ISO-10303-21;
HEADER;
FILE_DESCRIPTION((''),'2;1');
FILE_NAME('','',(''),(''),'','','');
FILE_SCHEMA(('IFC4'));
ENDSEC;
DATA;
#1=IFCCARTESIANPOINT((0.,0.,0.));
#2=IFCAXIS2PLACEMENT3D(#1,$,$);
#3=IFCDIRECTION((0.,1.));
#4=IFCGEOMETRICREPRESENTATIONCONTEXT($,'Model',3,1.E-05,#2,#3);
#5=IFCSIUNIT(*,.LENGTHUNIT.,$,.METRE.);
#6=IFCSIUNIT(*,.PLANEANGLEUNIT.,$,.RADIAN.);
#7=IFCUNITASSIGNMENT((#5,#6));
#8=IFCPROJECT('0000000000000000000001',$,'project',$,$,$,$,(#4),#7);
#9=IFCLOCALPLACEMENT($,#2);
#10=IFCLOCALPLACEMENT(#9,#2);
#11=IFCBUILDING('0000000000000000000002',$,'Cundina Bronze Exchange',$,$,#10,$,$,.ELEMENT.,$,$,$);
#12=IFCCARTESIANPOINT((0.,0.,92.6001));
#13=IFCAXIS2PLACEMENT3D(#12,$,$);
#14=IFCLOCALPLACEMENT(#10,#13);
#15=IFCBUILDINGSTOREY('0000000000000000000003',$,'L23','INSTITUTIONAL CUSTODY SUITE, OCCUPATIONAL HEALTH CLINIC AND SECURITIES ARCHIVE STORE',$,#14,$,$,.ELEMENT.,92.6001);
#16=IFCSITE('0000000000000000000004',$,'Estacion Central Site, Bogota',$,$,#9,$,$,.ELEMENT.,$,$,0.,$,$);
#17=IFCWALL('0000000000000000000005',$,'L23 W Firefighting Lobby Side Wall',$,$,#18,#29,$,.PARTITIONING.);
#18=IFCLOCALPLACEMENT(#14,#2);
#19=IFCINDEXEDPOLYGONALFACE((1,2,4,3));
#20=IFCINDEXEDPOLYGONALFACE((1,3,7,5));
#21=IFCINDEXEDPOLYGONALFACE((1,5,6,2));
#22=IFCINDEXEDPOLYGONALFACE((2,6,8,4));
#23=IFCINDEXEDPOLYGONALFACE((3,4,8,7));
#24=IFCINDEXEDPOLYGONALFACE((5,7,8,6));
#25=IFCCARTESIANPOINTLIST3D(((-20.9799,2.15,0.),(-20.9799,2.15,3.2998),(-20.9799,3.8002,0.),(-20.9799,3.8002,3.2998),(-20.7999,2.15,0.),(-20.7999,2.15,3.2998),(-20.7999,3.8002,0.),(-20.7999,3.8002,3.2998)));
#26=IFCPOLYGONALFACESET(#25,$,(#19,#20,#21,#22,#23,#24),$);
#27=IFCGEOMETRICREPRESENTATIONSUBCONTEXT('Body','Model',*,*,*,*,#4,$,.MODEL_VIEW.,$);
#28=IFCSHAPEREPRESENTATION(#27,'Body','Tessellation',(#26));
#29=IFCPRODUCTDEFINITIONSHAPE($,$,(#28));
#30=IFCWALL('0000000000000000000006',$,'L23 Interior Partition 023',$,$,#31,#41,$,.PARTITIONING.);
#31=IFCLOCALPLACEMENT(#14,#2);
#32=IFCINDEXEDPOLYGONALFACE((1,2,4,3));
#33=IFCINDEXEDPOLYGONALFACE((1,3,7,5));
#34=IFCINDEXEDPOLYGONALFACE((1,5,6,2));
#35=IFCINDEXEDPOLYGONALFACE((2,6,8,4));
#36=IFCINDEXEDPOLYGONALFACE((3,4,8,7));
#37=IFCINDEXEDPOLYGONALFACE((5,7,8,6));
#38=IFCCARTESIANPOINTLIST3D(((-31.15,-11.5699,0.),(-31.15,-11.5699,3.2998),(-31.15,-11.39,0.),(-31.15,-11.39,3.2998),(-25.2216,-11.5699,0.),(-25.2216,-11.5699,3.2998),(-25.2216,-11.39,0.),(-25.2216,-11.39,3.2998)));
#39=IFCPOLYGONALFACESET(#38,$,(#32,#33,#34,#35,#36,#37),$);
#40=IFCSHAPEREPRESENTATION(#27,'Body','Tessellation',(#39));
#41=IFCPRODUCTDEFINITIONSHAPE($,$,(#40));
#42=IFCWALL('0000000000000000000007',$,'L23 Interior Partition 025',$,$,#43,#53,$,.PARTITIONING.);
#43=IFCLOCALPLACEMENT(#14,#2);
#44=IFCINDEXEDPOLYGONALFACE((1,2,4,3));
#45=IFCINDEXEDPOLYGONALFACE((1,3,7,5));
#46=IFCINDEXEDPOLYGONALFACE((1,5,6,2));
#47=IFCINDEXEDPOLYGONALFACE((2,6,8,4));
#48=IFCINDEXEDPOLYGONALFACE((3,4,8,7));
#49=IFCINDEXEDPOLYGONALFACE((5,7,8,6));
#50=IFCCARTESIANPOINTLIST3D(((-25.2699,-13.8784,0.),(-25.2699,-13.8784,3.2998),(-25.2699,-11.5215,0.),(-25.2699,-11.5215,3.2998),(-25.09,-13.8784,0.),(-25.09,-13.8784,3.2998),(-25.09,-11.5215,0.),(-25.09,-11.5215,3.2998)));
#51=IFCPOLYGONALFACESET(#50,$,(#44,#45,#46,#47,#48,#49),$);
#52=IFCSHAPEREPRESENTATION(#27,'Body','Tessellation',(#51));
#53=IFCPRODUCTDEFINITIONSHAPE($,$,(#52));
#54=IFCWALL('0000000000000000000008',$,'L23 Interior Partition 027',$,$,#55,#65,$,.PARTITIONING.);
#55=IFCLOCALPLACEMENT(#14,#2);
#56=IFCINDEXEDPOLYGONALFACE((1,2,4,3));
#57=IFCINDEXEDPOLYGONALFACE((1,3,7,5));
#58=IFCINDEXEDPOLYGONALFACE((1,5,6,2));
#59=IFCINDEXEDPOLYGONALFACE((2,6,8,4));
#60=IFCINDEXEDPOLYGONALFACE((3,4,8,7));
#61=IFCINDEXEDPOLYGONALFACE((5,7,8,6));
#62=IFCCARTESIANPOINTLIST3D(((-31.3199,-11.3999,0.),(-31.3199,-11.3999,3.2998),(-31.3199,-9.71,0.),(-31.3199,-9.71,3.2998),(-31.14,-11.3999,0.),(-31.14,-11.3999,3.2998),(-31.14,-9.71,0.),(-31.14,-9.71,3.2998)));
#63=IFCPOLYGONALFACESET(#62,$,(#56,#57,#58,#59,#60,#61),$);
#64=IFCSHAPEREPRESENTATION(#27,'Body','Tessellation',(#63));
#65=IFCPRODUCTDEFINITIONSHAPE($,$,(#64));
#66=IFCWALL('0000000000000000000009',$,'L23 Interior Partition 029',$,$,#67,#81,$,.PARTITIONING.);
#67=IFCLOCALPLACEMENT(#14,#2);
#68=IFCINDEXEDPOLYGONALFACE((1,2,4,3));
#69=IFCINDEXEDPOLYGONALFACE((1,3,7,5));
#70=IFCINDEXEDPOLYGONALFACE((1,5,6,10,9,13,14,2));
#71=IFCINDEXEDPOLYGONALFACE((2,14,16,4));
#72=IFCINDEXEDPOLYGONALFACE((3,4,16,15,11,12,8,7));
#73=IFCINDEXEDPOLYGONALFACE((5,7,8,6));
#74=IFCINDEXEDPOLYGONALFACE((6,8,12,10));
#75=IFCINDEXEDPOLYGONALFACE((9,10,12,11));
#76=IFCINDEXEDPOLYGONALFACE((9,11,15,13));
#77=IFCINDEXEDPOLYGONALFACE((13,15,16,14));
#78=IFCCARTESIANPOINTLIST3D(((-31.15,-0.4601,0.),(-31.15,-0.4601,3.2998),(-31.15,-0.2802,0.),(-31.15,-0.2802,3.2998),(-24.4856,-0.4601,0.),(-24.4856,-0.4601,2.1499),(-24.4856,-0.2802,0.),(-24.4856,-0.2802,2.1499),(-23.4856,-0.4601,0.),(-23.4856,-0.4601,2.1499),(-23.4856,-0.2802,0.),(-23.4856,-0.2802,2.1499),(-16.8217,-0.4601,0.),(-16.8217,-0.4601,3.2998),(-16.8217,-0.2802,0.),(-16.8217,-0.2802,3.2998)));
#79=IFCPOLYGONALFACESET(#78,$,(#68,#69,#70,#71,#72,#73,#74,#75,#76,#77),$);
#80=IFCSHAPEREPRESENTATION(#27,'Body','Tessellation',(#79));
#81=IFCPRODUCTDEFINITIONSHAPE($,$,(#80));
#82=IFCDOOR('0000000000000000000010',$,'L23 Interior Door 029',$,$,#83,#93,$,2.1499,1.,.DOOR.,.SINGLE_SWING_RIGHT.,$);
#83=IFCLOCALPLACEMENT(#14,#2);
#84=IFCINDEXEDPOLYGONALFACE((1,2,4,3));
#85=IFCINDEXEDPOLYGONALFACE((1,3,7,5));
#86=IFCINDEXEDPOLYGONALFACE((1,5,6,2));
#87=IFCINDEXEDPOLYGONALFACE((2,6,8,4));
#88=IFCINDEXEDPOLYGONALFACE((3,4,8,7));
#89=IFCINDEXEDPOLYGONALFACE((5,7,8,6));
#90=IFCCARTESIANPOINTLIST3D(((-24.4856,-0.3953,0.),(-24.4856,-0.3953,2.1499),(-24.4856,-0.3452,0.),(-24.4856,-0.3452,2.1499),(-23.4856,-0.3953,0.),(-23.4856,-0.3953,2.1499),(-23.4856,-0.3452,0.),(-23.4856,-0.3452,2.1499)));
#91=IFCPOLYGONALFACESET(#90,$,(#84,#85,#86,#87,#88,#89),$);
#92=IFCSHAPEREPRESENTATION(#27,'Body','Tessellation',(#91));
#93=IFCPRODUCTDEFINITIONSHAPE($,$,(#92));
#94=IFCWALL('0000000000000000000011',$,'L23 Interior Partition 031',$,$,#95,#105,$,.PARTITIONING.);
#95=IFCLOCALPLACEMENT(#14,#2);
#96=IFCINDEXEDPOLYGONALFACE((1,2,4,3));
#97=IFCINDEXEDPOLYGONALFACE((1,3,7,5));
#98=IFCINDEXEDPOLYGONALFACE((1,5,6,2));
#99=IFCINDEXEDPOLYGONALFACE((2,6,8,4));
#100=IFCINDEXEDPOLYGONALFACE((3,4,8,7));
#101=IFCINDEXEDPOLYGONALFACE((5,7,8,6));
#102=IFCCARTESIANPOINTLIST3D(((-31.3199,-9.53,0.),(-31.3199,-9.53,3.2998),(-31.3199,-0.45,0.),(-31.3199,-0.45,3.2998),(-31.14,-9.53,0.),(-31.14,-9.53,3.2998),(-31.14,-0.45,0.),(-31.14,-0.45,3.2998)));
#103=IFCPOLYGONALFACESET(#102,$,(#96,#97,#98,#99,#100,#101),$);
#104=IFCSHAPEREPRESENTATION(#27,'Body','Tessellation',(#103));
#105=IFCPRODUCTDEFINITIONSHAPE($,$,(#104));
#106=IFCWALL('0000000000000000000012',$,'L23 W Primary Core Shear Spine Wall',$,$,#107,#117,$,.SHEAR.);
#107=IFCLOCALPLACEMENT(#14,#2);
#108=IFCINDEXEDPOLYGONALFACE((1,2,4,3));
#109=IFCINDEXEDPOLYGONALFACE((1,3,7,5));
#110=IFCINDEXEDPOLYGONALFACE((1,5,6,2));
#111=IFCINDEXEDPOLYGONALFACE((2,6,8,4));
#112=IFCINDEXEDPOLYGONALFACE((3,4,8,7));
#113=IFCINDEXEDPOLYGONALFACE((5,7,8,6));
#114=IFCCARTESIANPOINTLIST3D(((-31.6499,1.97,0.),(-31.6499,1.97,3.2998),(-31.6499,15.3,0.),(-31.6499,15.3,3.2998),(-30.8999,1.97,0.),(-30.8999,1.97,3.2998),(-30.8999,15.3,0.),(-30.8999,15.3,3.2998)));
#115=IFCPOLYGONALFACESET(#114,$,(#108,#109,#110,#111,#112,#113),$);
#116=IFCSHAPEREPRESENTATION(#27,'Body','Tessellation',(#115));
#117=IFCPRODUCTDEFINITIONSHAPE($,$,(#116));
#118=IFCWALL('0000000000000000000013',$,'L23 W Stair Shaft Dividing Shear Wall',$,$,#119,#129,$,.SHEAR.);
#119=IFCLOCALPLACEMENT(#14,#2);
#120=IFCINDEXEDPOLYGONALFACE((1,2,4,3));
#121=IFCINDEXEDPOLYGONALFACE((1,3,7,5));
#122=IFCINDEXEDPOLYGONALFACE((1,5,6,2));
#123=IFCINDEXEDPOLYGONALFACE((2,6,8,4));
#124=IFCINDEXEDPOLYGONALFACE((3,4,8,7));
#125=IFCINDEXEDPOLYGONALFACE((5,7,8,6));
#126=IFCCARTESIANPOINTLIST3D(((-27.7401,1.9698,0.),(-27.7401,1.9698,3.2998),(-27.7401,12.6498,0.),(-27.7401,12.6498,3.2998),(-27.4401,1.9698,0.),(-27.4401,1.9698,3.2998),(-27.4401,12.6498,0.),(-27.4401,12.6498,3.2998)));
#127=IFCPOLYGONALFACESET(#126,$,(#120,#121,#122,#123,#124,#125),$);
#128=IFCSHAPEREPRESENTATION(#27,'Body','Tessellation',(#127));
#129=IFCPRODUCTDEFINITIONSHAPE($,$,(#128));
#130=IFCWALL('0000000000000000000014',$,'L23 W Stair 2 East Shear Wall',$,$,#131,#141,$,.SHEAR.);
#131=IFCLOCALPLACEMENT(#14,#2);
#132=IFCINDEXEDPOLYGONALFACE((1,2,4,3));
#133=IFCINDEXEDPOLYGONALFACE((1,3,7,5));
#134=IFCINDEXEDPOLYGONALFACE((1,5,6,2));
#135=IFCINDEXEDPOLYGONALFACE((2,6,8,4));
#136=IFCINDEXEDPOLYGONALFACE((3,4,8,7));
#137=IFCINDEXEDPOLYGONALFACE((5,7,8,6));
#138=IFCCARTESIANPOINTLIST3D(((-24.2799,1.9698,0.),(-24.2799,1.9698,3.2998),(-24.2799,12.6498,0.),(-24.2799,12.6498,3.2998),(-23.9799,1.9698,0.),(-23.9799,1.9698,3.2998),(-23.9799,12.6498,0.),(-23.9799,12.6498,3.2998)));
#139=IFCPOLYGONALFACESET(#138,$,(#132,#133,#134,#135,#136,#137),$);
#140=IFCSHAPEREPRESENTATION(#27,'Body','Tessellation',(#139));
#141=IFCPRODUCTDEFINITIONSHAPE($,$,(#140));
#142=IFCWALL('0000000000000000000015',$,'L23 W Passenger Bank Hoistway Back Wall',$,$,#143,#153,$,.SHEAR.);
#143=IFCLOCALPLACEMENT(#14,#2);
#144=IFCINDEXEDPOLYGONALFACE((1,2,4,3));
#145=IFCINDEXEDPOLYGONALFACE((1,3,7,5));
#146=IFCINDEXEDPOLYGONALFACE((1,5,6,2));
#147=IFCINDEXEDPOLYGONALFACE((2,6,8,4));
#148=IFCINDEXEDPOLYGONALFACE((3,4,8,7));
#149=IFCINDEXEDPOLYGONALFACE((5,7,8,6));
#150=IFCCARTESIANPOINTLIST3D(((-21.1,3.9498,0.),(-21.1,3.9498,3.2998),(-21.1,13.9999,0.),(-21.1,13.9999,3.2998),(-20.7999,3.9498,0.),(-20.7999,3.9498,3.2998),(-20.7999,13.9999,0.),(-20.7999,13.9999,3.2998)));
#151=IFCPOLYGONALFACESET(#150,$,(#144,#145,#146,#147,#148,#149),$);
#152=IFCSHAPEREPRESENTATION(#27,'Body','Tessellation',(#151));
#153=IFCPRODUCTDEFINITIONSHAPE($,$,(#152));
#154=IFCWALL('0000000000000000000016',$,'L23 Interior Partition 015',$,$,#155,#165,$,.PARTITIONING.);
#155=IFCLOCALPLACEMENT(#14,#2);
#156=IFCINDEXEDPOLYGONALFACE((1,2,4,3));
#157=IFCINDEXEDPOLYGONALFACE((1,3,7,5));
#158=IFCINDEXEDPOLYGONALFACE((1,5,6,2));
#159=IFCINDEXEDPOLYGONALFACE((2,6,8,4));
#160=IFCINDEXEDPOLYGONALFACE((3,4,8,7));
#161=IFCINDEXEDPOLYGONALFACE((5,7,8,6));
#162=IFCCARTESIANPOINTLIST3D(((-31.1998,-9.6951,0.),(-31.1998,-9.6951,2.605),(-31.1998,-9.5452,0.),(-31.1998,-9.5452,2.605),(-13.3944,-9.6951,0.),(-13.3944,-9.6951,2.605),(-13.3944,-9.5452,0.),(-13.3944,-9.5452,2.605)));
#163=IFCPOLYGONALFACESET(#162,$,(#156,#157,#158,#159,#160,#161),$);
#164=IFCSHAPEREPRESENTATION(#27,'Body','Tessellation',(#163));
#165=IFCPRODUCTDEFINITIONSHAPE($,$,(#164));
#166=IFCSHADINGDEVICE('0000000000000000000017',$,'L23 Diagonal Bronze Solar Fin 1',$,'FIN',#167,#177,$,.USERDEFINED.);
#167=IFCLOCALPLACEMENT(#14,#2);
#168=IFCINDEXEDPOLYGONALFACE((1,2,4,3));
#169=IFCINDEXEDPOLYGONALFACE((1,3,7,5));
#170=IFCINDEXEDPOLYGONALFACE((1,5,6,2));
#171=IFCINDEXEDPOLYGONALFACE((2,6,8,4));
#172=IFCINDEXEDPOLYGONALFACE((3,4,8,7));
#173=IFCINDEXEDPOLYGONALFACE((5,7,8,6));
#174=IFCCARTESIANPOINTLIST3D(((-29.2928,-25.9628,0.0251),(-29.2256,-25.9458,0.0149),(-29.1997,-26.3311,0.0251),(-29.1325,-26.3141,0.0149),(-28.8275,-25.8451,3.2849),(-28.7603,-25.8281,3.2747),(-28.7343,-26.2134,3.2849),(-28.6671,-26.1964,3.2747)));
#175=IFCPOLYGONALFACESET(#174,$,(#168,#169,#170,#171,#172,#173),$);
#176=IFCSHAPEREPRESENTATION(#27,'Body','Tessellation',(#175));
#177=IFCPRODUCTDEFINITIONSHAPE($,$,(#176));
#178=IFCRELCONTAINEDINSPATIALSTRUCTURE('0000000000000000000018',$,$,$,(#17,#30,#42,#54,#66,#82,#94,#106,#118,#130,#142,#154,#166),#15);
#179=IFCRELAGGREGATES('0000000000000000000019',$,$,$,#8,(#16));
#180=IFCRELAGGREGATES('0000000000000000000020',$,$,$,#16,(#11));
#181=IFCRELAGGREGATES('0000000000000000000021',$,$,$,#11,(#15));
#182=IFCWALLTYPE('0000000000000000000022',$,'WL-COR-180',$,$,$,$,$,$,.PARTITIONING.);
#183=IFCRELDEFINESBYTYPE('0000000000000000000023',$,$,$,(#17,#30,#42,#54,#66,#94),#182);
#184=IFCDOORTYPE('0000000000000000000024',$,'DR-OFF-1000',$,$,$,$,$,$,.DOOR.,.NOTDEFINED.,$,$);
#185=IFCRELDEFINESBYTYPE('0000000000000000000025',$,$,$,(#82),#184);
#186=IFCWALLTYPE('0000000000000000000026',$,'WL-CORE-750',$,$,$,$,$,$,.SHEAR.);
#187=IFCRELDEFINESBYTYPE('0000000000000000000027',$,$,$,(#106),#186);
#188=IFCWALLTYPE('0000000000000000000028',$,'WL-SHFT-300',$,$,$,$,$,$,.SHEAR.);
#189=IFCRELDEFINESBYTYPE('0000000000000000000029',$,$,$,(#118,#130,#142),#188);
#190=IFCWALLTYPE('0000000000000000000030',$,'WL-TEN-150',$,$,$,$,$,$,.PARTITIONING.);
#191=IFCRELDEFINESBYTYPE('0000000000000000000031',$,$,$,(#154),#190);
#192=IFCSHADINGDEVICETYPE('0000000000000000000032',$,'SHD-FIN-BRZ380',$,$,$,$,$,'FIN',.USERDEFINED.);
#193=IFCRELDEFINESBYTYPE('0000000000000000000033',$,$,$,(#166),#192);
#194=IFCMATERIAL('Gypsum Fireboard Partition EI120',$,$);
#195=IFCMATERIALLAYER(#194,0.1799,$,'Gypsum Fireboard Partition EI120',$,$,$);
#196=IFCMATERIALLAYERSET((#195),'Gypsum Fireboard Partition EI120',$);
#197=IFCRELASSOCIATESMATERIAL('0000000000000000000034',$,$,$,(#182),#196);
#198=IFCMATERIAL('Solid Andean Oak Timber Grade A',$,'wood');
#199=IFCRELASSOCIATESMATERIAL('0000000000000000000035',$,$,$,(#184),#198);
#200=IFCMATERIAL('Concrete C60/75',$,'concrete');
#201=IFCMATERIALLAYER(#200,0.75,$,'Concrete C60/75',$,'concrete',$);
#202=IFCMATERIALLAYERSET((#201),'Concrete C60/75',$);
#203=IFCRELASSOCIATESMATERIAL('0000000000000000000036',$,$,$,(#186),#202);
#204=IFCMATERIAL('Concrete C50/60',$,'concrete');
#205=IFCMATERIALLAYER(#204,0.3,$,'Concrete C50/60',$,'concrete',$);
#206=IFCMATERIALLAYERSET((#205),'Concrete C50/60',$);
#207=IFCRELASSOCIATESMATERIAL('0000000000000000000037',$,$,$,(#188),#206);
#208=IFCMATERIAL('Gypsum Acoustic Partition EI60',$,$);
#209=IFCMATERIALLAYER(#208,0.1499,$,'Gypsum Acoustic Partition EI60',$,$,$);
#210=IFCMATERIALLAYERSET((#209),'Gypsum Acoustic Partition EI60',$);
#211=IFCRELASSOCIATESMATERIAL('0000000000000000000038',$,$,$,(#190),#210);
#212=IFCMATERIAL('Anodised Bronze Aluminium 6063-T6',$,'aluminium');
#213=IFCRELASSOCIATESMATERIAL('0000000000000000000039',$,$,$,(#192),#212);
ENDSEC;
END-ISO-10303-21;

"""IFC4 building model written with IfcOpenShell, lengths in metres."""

from ifc_helpers import new_model, si_unit, direction, frame, frame_2d, origin, origin_2d, place, context, subcontext, project, spatial, rectangle, extrude, material, layer, layer_set, material_profile, profile_set, type_object, element, fill, save


model = new_model("IFC4")

# Units and contexts
model_context = context("Model", 3, precision=1e-05, world=origin(), true_north=direction((0.0, 1.0)))
body_context = subcontext(model_context, "Body", "Model", "MODEL_VIEW")
ifc_project = project(units=[si_unit("LENGTHUNIT", "METRE"), si_unit("PLANEANGLEUNIT", "RADIAN")], contexts=[model_context])

# Site, building, storey
site_placement = place(None, origin())
site = spatial("IfcSite", under=ifc_project, at=site_placement, Name="Estacion Central Site, Bogota", CompositionType="ELEMENT", RefElevation=0.0)
building_placement = place(site_placement, origin())
building = spatial("IfcBuilding", under=site, at=building_placement, Name="Cundina Bronze Exchange", CompositionType="ELEMENT")
storey_placement = place(building_placement, frame((0.0, 0.0, 92.6001)))
storey = spatial("IfcBuildingStorey", under=building, at=storey_placement, Name="L23", Description="INSTITUTIONAL CUSTODY SUITE, OCCUPATIONAL HEALTH CLINIC AND SECURITIES ARCHIVE STORE", CompositionType="ELEMENT", Elevation=92.6001)

# Shared definitions
ifc_material_1 = material(Name="Concrete C60/75", Category="concrete")

# Shared definitions
ifc_material_2 = material(Name="Anodised Bronze Aluminium 6063-T6", Category="aluminium")

# Wall
ifc_material_3 = material(Name="Gypsum Fireboard Partition EI120")
ifc_layer_1 = layer(ifc_material_3, 0.1799, Name="Gypsum Fireboard Partition EI120")
ifc_layer_set_1 = layer_set([ifc_layer_1], Name="Gypsum Fireboard Partition EI120")
wall_type_1 = type_object("IfcWallType", Name="WL-COR-180", PredefinedType="PARTITIONING", material=ifc_layer_set_1)
wall_1_placement = place(storey_placement, frame((-20.8899, 2.1499, 0.0), z_axis=(0.0, 0.0, 1.0), x_axis=(0.0, 1.0, 0.0)))
element("IfcWall", 1, at=wall_1_placement, inside=storey, type_object=wall_type_1, Name="L23 W Firefighting Lobby Side Wall", PredefinedType="PARTITIONING", context=body_context, shape_type="SweptSolid", body=[
    extrude(rectangle(XDim=1.6501, YDim=0.1799, at=frame_2d((0.8252, 0.0))), origin(), (0.0, 0.0, 1.0), 3.2998),
])

# Walls
wall_2_placement = place(storey_placement, frame((-25.2214, -11.48, 0.0), z_axis=(0.0, 0.0, 1.0), x_axis=(-1.0, 0.0, 0.0)))
element("IfcWall", 2, at=wall_2_placement, inside=storey, type_object=wall_type_1, Name="L23 Interior Partition 023", PredefinedType="PARTITIONING", context=body_context, shape_type="SweptSolid", body=[
    extrude(rectangle(XDim=5.9285, YDim=0.1799, at=frame_2d((2.9644, 0.0))), origin(), (0.0, 0.0, 1.0), 3.2998),
])
wall_3_placement = place(storey_placement, frame((-25.1799, -13.8784, 0.0), z_axis=(0.0, 0.0, 1.0), x_axis=(0.0, 1.0, 0.0)))
element("IfcWall", 3, at=wall_3_placement, inside=storey, type_object=wall_type_1, Name="L23 Interior Partition 025", PredefinedType="PARTITIONING", context=body_context, shape_type="SweptSolid", body=[
    extrude(rectangle(XDim=2.3569, YDim=0.1799, at=frame_2d((1.1785, 0.0))), origin(), (0.0, 0.0, 1.0), 3.2998),
])
wall_4_placement = place(storey_placement, frame((-31.23, -11.3999, 0.0), z_axis=(0.0, 0.0, 1.0), x_axis=(0.0, 1.0, 0.0)))
element("IfcWall", 4, at=wall_4_placement, inside=storey, type_object=wall_type_1, Name="L23 Interior Partition 027", PredefinedType="PARTITIONING", context=body_context, shape_type="SweptSolid", body=[
    extrude(rectangle(XDim=1.6899, YDim=0.1799, at=frame_2d((0.845, 0.0))), origin(), (0.0, 0.0, 1.0), 3.2998),
])

# Wall, opening, door
wall_5_placement = place(storey_placement, frame((-31.1499, -0.3701, 0.0), z_axis=(0.0, 0.0, 1.0), x_axis=(1.0, 0.0, 0.0)))
wall_5 = element("IfcWall", 5, at=wall_5_placement, inside=storey, type_object=wall_type_1, Name="L23 Interior Partition 029", PredefinedType="PARTITIONING", context=body_context, shape_type="SweptSolid", body=[
    extrude(rectangle(XDim=14.3284, YDim=0.1799, at=frame_2d((7.1641, 0.0))), origin(), (0.0, 0.0, 1.0), 3.2998),
])
opening_1_placement = place(wall_5_placement, frame((6.6643, 0.0, 0.0)))
opening_1 = element("IfcOpeningElement", 6, at=opening_1_placement, cuts=wall_5, PredefinedType="OPENING", context=body_context, shape_type="SweptSolid", body=[
    extrude(rectangle(XDim=1.0, YDim=2.1499, at=frame_2d((0.5, 1.075))), frame((0.0, 0.0999, 0.0), z_axis=(0.0, -1.0, 0.0), x_axis=(1.0, 0.0, 0.0)), (0.0, 0.0, 1.0), 0.2),
])
ifc_material_4 = material(Name="Solid Andean Oak Timber Grade A", Category="wood")
door_type_1 = type_object("IfcDoorType", Name="DR-OFF-1000", OperationType="NOTDEFINED", PredefinedType="DOOR", material=ifc_material_4)
door_1_placement = place(opening_1_placement, origin())
door_1 = element("IfcDoor", 7, at=door_1_placement, inside=storey, type_object=door_type_1, Name="L23 Interior Door 029", OperationType="SINGLE_SWING_RIGHT", OverallHeight=2.1499, OverallWidth=1.0, PredefinedType="DOOR", context=body_context, shape_type="SweptSolid", body=[
    extrude(rectangle(XDim=1.0, YDim=2.1499, at=frame_2d((0.5, 1.075))), frame((0.0, 0.0249, 0.0), z_axis=(0.0, -1.0, 0.0), x_axis=(1.0, 0.0, 0.0)), (0.0, 0.0, 1.0), 0.05),
])
fill(opening_1, door_1)

# Walls
wall_6_placement = place(storey_placement, frame((-31.23, -9.53, 0.0), z_axis=(0.0, 0.0, 1.0), x_axis=(0.0, 1.0, 0.0)))
element("IfcWall", 8, at=wall_6_placement, inside=storey, type_object=wall_type_1, Name="L23 Interior Partition 031", PredefinedType="PARTITIONING", context=body_context, shape_type="SweptSolid", body=[
    extrude(rectangle(XDim=9.0801, YDim=0.1799, at=frame_2d((4.54, 0.0))), origin(), (0.0, 0.0, 1.0), 3.2998),
])
ifc_layer_2 = layer(ifc_material_1, 0.75, Name="Concrete C60/75", Category="concrete")
ifc_layer_set_2 = layer_set([ifc_layer_2], Name="Concrete C60/75")
wall_type_2 = type_object("IfcWallType", Name="WL-CORE-750", PredefinedType="SHEAR", material=ifc_layer_set_2)
wall_7_placement = place(storey_placement, frame((-31.2749, 1.97, 0.0), z_axis=(0.0, 0.0, 1.0), x_axis=(0.0, 1.0, 0.0)))
element("IfcWall", 9, at=wall_7_placement, inside=storey, type_object=wall_type_2, Name="L23 W Primary Core Shear Spine Wall", PredefinedType="SHEAR", context=body_context, shape_type="SweptSolid", body=[
    extrude(rectangle(XDim=13.3301, YDim=0.75, at=frame_2d((6.665, 0.0))), origin(), (0.0, 0.0, 1.0), 3.2998),
])
ifc_material_5 = material(Name="Concrete C50/60", Category="concrete")
ifc_layer_3 = layer(ifc_material_5, 0.3, Name="Concrete C50/60", Category="concrete")
ifc_layer_set_3 = layer_set([ifc_layer_3], Name="Concrete C50/60")
wall_type_3 = type_object("IfcWallType", Name="WL-SHFT-300", PredefinedType="SHEAR", material=ifc_layer_set_3)
for number, where, z_axis, x_axis, name in (
    (10, (-27.5901, 1.97, 0.0), (0.0, 0.0, 1.0), (0.0, 1.0, 0.0), "L23 W Stair Shaft Dividing Shear Wall"),
    (11, (-24.1299, 1.97, 0.0), (0.0, 0.0, 1.0), (0.0, 1.0, 0.0), "L23 W Stair 2 East Shear Wall"),
):
    element("IfcWall", number, at=place(storey_placement, frame(where, z_axis=z_axis, x_axis=x_axis)), inside=storey, type_object=wall_type_3, Name=name, PredefinedType="SHEAR", context=body_context, shape_type="SweptSolid", body=[
        extrude(rectangle(XDim=10.6799, YDim=0.3, at=frame_2d((5.3398, 0.0))), origin(), (0.0, 0.0, 1.0), 3.2998),
    ])
wall_8_placement = place(storey_placement, frame((-20.95, 3.95, 0.0), z_axis=(0.0, 0.0, 1.0), x_axis=(0.0, 1.0, 0.0)))
element("IfcWall", 12, at=wall_8_placement, inside=storey, type_object=wall_type_3, Name="L23 W Passenger Bank Hoistway Back Wall", PredefinedType="SHEAR", context=body_context, shape_type="SweptSolid", body=[
    extrude(rectangle(XDim=10.05, YDim=0.3, at=frame_2d((5.0249, 0.0))), origin(), (0.0, 0.0, 1.0), 3.2998),
])
ifc_material_6 = material(Name="Gypsum Acoustic Partition EI60")
ifc_layer_4 = layer(ifc_material_6, 0.1499, Name="Gypsum Acoustic Partition EI60")
ifc_layer_set_4 = layer_set([ifc_layer_4], Name="Gypsum Acoustic Partition EI60")
wall_type_4 = type_object("IfcWallType", Name="WL-TEN-150", PredefinedType="PARTITIONING", material=ifc_layer_set_4)
wall_9_placement = place(storey_placement, frame((-31.2, -9.6201, 0.0), z_axis=(0.0, 0.0, 1.0), x_axis=(1.0, 0.0, 0.0)))
element("IfcWall", 13, at=wall_9_placement, inside=storey, type_object=wall_type_4, Name="L23 Interior Partition 015", PredefinedType="PARTITIONING", context=body_context, shape_type="SweptSolid", body=[
    extrude(rectangle(XDim=17.8054, YDim=0.1499, at=frame_2d((8.9028, 0.0))), origin(), (0.0, 0.0, 1.0), 2.605),
])

# Shading device
ifc_material_profile_1 = material_profile(ifc_material_2, rectangle(XDim=0.0701, YDim=0.3799, at=origin_2d()), Name="FIN70X380", Category="aluminium")
ifc_profile_set_1 = profile_set([ifc_material_profile_1], Name="Anodised Bronze Aluminium 6063-T6")
shading_device_type = type_object("IfcShadingDeviceType", Name="SHD-FIN-BRZ380", ElementType="FIN", PredefinedType="USERDEFINED", material=ifc_profile_set_1)
shading_device_placement = place(storey_placement, frame((-29.2126, -26.1384, 0.02), z_axis=(0.141227, 0.035714, 0.989333), x_axis=(-0.959139, -0.242552, 0.145673)))
element("IfcShadingDevice", 14, at=shading_device_placement, inside=storey, type_object=shading_device_type, Name="L23 Diagonal Bronze Solar Fin 1", ObjectType="FIN", PredefinedType="USERDEFINED", context=body_context, shape_type="SweptSolid", body=[
    extrude(rectangle(XDim=0.0701, YDim=0.3799, at=origin_2d()), origin(), (0.0, 0.0, 1.0), 3.2949),
])

save(model, "model.ifc")
